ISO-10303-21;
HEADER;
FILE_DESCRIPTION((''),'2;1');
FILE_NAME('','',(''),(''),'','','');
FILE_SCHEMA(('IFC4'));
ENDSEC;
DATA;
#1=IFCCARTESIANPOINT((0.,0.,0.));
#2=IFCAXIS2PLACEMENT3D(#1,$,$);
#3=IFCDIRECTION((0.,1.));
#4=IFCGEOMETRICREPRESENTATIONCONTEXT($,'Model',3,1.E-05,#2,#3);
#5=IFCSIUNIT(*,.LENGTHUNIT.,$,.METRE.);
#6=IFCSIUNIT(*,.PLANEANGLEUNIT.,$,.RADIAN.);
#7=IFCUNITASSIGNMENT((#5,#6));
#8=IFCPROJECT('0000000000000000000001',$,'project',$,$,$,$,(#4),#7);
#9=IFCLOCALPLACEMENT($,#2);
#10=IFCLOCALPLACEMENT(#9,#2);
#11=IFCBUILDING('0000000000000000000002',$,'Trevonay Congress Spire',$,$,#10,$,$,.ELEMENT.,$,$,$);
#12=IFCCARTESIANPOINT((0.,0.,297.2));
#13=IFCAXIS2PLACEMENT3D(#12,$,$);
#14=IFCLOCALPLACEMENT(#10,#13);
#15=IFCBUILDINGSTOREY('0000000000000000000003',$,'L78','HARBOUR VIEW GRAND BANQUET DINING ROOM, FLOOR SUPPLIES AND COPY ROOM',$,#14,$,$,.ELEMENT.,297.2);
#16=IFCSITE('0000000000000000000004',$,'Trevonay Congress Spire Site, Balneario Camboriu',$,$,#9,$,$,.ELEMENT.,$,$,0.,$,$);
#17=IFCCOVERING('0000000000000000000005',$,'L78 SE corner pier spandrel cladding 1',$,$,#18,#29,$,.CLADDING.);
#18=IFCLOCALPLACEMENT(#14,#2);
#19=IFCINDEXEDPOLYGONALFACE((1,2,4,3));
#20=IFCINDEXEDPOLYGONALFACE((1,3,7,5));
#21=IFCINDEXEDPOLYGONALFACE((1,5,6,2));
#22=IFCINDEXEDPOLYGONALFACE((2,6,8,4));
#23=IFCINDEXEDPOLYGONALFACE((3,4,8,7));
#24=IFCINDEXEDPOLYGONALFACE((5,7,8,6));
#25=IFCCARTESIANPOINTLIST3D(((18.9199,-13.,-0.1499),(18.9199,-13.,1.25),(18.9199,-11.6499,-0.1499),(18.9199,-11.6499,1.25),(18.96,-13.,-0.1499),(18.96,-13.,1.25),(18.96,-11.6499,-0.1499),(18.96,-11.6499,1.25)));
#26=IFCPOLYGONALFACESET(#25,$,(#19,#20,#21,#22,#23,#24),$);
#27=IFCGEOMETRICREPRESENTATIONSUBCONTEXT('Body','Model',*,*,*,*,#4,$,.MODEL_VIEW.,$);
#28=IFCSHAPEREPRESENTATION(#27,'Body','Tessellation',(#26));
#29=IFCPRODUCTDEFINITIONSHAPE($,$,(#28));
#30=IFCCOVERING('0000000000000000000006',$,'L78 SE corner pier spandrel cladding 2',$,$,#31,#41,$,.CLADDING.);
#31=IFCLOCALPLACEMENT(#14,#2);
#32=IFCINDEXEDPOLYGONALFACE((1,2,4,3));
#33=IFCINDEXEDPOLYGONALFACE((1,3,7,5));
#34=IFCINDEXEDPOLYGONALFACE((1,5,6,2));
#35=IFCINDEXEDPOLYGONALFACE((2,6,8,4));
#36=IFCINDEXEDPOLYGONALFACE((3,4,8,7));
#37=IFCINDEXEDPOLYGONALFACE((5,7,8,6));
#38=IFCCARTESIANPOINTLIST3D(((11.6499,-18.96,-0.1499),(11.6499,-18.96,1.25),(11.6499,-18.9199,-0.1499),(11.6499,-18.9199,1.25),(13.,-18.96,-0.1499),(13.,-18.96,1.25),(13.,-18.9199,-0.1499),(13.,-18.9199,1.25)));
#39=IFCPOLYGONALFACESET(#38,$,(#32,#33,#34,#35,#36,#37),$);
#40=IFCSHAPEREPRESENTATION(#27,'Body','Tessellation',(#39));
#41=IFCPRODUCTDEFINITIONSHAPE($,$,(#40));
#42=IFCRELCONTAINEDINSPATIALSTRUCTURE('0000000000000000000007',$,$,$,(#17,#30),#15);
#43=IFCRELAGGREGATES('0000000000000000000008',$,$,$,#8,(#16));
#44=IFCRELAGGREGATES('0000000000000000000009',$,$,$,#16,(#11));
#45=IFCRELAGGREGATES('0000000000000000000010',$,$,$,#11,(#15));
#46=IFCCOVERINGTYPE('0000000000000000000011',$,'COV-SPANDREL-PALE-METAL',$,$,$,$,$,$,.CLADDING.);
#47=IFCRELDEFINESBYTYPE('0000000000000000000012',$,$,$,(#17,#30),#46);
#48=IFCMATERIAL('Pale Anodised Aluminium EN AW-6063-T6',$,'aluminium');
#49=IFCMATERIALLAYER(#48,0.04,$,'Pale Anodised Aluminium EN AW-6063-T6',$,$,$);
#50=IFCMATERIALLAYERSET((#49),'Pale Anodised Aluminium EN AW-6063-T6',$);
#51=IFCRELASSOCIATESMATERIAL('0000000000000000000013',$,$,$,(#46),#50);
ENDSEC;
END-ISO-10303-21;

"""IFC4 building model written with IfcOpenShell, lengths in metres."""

from ifc_helpers import new_model, si_unit, direction, frame, frame_2d, origin, place, context, subcontext, project, spatial, rectangle, extrude, material, layer, layer_set, type_object, element, save


model = new_model("IFC4")

# Units and contexts
model_context = context("Model", 3, precision=1e-05, world=origin(), true_north=direction((0.0, 1.0)))
body_context = subcontext(model_context, "Body", "Model", "MODEL_VIEW")
ifc_project = project(units=[si_unit("LENGTHUNIT", "METRE"), si_unit("PLANEANGLEUNIT", "RADIAN")], contexts=[model_context])

# Site, building, storey
site_placement = place(None, origin())
site = spatial("IfcSite", under=ifc_project, at=site_placement, Name="Trevonay Congress Spire Site, Balneario Camboriu", CompositionType="ELEMENT", RefElevation=0.0)
building_placement = place(site_placement, origin())
building = spatial("IfcBuilding", under=site, at=building_placement, Name="Trevonay Congress Spire", CompositionType="ELEMENT")
storey_placement = place(building_placement, frame((0.0, 0.0, 297.2)))
storey = spatial("IfcBuildingStorey", under=building, at=storey_placement, Name="L78", Description="HARBOUR VIEW GRAND BANQUET DINING ROOM, FLOOR SUPPLIES AND COPY ROOM", CompositionType="ELEMENT", Elevation=297.2)

# Shared definitions
ifc_material_1 = material(Name="Pale Anodised Aluminium EN AW-6063-T6", Category="aluminium")

# Coverings
ifc_layer_1 = layer(ifc_material_1, 0.04, Name="Pale Anodised Aluminium EN AW-6063-T6")
ifc_layer_set_1 = layer_set([ifc_layer_1], Name="Pale Anodised Aluminium EN AW-6063-T6")
covering_type = type_object("IfcCoveringType", Name="COV-SPANDREL-PALE-METAL", PredefinedType="CLADDING", material=ifc_layer_set_1)
for number, where, z_axis, x_axis, name in (
    (1, (18.9399, -11.6499, -0.1499), (0.0, 0.0, 1.0), (0.0, -1.0, 0.0), "L78 SE corner pier spandrel cladding 1"),
    (2, (11.6499, -18.9399, -0.1499), (0.0, 0.0, 1.0), (1.0, 0.0, 0.0), "L78 SE corner pier spandrel cladding 2"),
):
    element("IfcCovering", number, at=place(storey_placement, frame(where, z_axis=z_axis, x_axis=x_axis)), inside=storey, type_object=covering_type, Name=name, PredefinedType="CLADDING", context=body_context, shape_type="SweptSolid", body=[
        extrude(rectangle(XDim=1.3501, YDim=0.04, at=frame_2d((0.675, 0.0))), origin(), (0.0, 0.0, 1.0), 1.3999),
    ])

save(model, "model.ifc")
